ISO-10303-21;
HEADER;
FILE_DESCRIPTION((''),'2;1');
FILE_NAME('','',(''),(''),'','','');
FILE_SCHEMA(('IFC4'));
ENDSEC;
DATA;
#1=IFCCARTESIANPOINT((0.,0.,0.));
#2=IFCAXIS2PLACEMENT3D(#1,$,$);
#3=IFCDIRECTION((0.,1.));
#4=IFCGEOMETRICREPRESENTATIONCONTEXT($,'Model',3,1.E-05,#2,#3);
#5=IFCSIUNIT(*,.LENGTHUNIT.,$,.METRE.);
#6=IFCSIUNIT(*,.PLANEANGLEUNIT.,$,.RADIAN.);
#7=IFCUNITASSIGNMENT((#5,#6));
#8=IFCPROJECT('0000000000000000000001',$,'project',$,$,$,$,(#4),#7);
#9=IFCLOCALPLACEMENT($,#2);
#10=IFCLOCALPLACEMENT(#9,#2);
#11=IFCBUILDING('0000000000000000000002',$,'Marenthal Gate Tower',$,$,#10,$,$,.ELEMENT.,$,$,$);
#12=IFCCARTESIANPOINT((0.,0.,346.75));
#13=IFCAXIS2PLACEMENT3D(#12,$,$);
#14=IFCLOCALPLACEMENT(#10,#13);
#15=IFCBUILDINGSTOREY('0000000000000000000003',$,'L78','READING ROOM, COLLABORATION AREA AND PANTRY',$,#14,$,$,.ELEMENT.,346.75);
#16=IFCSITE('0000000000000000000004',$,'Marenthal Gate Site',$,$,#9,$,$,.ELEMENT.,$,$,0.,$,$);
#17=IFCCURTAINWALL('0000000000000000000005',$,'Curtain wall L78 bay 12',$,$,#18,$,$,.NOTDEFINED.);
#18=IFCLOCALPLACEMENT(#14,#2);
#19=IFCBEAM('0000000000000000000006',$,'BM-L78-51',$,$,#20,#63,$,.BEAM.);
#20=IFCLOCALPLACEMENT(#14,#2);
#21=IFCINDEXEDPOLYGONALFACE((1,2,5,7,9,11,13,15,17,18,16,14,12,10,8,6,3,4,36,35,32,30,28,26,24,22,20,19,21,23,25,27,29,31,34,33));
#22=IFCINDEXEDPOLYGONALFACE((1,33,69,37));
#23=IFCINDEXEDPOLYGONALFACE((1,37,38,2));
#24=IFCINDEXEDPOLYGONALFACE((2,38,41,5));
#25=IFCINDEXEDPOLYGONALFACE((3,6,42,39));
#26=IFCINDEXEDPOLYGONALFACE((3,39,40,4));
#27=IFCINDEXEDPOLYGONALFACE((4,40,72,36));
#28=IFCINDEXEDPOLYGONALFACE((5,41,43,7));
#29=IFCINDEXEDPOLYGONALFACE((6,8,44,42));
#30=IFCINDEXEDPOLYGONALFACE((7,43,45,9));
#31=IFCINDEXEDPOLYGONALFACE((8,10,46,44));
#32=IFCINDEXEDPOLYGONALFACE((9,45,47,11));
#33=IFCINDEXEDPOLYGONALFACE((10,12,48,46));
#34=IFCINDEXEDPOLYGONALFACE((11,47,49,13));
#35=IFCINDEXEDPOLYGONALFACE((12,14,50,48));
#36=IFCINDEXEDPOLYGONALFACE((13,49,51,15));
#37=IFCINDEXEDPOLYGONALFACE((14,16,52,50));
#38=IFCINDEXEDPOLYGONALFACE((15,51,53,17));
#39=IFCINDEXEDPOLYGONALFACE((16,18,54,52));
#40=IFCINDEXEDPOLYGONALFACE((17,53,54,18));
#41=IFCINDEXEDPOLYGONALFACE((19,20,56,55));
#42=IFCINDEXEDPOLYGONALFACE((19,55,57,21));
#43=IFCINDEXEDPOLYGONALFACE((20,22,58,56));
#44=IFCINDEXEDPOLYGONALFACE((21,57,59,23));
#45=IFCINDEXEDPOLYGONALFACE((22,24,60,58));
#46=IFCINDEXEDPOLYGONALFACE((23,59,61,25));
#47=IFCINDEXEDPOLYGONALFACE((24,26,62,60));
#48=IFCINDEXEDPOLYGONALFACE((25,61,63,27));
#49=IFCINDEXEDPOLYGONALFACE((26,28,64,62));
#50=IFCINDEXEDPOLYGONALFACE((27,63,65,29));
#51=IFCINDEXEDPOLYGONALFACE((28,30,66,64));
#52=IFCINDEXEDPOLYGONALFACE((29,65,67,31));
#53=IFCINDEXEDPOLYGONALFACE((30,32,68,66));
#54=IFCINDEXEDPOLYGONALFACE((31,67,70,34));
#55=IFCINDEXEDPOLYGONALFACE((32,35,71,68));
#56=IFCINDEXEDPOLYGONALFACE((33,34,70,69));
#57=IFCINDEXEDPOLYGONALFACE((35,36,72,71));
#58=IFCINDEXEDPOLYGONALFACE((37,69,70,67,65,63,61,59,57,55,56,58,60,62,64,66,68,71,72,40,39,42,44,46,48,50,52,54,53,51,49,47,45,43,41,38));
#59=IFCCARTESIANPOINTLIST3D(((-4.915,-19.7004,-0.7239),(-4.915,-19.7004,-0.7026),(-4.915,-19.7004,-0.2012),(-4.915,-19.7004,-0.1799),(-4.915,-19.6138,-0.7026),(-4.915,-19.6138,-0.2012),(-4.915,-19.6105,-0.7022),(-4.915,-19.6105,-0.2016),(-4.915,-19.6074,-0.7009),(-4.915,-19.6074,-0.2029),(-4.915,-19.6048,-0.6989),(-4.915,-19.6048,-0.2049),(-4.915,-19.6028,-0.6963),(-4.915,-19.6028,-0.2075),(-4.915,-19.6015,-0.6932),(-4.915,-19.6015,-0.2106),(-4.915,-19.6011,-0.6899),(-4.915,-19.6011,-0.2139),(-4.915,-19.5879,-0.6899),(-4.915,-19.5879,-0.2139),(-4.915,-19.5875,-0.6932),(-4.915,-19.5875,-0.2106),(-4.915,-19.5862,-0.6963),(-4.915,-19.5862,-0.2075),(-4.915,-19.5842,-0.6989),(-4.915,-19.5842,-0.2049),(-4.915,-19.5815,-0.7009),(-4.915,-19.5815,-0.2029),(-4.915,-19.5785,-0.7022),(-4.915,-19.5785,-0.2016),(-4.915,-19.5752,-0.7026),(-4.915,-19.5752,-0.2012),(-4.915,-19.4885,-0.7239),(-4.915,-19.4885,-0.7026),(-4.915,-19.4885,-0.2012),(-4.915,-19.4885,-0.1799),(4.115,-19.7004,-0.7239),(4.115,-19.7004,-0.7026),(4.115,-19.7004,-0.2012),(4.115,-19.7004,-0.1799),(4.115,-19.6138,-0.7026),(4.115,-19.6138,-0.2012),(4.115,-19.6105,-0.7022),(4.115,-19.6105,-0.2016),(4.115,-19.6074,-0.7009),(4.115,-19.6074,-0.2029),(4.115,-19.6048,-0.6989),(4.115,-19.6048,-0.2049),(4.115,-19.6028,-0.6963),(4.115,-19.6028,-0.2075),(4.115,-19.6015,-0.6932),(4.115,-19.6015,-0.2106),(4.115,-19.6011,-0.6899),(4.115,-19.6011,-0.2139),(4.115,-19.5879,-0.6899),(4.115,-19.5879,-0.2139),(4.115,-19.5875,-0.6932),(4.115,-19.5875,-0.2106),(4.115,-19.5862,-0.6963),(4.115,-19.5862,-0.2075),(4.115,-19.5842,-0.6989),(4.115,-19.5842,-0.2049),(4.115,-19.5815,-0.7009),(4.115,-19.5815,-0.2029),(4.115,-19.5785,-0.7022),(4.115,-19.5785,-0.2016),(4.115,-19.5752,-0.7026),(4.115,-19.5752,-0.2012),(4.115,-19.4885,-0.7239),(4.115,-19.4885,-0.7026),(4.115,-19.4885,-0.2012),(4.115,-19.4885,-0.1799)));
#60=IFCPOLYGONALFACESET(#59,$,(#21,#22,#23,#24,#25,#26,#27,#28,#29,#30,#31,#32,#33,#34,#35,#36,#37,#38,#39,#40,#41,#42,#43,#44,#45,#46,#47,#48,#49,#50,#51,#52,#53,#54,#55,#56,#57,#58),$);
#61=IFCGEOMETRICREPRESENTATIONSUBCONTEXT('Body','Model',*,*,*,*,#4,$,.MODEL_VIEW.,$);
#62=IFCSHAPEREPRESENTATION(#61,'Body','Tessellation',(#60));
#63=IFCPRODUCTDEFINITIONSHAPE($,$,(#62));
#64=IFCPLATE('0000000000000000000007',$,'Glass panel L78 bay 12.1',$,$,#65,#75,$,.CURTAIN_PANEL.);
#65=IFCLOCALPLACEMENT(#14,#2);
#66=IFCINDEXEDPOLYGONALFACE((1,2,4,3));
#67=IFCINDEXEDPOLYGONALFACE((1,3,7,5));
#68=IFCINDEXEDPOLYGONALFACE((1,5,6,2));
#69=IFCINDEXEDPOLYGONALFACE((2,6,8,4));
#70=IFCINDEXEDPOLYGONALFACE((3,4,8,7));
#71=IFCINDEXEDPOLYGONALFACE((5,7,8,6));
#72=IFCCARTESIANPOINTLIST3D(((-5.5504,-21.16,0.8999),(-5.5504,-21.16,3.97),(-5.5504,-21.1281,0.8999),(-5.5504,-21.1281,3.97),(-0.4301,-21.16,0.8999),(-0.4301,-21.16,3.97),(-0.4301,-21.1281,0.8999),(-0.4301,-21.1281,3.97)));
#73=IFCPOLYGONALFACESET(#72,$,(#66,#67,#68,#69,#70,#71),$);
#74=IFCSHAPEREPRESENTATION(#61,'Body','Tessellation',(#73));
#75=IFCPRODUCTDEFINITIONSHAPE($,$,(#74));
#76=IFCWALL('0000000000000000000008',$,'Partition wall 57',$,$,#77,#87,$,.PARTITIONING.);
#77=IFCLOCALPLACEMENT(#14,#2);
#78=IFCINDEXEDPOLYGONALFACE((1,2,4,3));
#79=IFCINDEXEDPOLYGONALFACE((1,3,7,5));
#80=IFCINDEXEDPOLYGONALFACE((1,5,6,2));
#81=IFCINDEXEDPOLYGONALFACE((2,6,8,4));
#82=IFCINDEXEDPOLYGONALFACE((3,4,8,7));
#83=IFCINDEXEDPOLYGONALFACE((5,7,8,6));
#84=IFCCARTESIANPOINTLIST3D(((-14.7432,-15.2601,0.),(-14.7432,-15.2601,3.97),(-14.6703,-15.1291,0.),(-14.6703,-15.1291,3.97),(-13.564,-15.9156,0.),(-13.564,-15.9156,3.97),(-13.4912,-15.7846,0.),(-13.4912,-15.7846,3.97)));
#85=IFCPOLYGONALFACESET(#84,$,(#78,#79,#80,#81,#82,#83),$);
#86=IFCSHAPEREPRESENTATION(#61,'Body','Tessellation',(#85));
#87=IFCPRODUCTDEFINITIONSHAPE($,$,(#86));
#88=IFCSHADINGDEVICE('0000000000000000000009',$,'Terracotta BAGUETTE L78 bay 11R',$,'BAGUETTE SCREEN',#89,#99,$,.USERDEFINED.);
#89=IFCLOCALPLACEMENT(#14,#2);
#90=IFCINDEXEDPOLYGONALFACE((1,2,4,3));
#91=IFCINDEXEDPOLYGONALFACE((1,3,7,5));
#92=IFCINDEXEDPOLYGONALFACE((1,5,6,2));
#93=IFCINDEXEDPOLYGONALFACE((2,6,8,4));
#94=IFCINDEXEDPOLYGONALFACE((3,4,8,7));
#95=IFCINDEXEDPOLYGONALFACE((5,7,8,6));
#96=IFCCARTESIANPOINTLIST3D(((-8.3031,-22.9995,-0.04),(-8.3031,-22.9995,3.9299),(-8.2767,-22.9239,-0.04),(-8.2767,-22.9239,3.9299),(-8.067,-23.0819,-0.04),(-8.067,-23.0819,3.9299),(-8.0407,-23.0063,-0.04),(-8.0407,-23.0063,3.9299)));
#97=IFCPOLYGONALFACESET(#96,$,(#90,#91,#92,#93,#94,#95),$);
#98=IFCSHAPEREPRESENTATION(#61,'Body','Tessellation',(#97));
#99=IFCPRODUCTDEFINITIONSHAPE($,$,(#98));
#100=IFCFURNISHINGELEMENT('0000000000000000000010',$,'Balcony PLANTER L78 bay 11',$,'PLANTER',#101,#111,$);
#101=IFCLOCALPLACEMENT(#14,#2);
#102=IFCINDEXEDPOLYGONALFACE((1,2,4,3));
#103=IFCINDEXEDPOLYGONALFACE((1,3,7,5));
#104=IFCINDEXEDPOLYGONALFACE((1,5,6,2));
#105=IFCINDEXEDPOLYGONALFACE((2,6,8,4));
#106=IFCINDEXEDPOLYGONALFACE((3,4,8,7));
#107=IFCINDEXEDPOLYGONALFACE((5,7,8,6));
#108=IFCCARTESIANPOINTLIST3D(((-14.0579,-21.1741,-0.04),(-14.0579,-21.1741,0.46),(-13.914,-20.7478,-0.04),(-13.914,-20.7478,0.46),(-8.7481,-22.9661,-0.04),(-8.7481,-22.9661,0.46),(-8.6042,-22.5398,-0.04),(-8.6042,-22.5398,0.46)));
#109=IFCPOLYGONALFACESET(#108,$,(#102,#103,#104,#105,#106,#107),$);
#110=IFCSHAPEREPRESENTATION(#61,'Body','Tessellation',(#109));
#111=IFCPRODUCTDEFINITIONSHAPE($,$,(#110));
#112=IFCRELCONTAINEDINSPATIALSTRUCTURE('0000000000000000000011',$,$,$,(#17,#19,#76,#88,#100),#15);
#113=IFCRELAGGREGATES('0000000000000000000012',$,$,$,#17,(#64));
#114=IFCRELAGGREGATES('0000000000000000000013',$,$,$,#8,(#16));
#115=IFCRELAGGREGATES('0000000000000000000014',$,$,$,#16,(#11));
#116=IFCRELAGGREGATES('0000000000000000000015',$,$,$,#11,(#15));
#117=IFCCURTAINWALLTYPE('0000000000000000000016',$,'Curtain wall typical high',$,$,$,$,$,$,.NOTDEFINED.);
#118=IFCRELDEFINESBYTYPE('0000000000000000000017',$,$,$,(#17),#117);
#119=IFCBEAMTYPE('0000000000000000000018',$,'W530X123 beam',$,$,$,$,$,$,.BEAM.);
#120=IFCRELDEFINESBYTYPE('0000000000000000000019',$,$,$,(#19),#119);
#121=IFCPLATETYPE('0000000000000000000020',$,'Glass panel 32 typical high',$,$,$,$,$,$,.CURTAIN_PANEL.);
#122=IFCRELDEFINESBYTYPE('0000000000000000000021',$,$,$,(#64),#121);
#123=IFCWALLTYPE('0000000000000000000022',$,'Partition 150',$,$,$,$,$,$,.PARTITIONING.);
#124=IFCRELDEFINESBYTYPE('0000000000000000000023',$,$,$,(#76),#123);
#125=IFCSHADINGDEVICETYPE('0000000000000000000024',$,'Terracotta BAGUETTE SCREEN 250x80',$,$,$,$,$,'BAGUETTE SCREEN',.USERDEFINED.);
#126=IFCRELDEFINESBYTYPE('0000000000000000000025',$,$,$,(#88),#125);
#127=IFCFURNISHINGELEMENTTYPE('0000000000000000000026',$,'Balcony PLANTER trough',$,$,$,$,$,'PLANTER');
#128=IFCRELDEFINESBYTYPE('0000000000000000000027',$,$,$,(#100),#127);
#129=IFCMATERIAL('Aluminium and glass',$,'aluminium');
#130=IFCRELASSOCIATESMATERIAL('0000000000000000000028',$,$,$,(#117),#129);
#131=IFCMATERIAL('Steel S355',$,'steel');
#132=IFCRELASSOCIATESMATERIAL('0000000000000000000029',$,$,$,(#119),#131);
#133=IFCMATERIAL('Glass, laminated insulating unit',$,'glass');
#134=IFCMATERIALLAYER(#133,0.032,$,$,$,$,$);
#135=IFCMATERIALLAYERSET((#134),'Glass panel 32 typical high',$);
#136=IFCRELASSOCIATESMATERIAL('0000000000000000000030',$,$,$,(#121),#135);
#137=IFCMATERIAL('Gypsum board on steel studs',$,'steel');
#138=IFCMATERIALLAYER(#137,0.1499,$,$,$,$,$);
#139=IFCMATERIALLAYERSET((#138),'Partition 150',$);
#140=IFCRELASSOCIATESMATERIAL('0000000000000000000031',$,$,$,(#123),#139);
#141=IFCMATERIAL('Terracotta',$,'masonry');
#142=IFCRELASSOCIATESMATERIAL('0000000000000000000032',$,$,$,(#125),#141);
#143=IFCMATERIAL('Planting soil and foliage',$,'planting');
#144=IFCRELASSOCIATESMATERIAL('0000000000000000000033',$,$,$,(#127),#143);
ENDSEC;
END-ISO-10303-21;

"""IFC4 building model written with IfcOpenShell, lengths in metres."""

from ifc_helpers import new_model, si_unit, direction, frame, frame_2d, origin, origin_2d, place, context, subcontext, project, spatial, rectangle, i_section, extrude, material, layer, layer_set, material_profile, profile_set, type_object, element, aggregate, save


model = new_model("IFC4")

# Units and contexts
model_context = context("Model", 3, precision=1e-05, world=origin(), true_north=direction((0.0, 1.0)))
body_context = subcontext(model_context, "Body", "Model", "MODEL_VIEW")
ifc_project = project(units=[si_unit("LENGTHUNIT", "METRE"), si_unit("PLANEANGLEUNIT", "RADIAN")], contexts=[model_context])

# Site, building, storey
site_placement = place(None, origin())
site = spatial("IfcSite", under=ifc_project, at=site_placement, Name="Marenthal Gate Site", CompositionType="ELEMENT", RefElevation=0.0)
building_placement = place(site_placement, origin())
building = spatial("IfcBuilding", under=site, at=building_placement, Name="Marenthal Gate Tower", CompositionType="ELEMENT")
storey_placement = place(building_placement, frame((0.0, 0.0, 346.75)))
storey = spatial("IfcBuildingStorey", under=building, at=storey_placement, Name="L78", Description="READING ROOM, COLLABORATION AREA AND PANTRY", CompositionType="ELEMENT", Elevation=346.75)

# Curtain wall
ifc_material_1 = material(Name="Aluminium and glass", Category="aluminium")
curtain_wall_type = type_object("IfcCurtainWallType", Name="Curtain wall typical high", PredefinedType="NOTDEFINED", material=ifc_material_1)
curtain_wall_placement = place(storey_placement, origin())
curtain_wall = element("IfcCurtainWall", 1, at=curtain_wall_placement, inside=storey, type_object=curtain_wall_type, Name="Curtain wall L78 bay 12", PredefinedType="NOTDEFINED")

# Beam
ifc_material_2 = material(Name="Steel S355", Category="steel")
ifc_material_profile_1 = material_profile(ifc_material_2, i_section(OverallWidth=0.2119, OverallDepth=0.5439, WebThickness=0.0132, FlangeThickness=0.0212, FilletRadius=0.0127, at=origin_2d()), Name="W530X123")
ifc_profile_set_1 = profile_set([ifc_material_profile_1], Name="Steel S355")
beam_type_1 = type_object("IfcBeamType", Name="W530X123 beam", PredefinedType="BEAM", material=ifc_profile_set_1)
beam_1_placement = place(storey_placement, frame((-4.915, -19.5945, -0.4519), z_axis=(1.0, 0.0, 0.0), x_axis=(0.0, 1.0, 0.0)))
element("IfcBeam", 2, at=beam_1_placement, inside=storey, type_object=beam_type_1, Name="BM-L78-51", PredefinedType="BEAM", context=body_context, shape_type="SweptSolid", body=[
    extrude(i_section(OverallWidth=0.2119, OverallDepth=0.5439, WebThickness=0.0132, FlangeThickness=0.0212, FilletRadius=0.0127, at=origin_2d()), origin(), (0.0, 0.0, 1.0), 9.03),
])

# Plate
ifc_material_3 = material(Name="Glass, laminated insulating unit", Category="glass")
ifc_layer_1 = layer(ifc_material_3, 0.032)
ifc_layer_set_1 = layer_set([ifc_layer_1], Name="Glass panel 32 typical high")
plate_type = type_object("IfcPlateType", Name="Glass panel 32 typical high", PredefinedType="CURTAIN_PANEL", material=ifc_layer_set_1)
plate_placement = place(storey_placement, frame((-2.9902, -21.144, 0.8999), z_axis=(0.0, 0.0, 1.0), x_axis=(1.0, 0.0, 0.0)))
plate = element("IfcPlate", 3, at=plate_placement, type_object=plate_type, Name="Glass panel L78 bay 12.1", PredefinedType="CURTAIN_PANEL", context=body_context, shape_type="SweptSolid", body=[
    extrude(rectangle(XDim=5.1204, YDim=0.032, at=origin_2d()), origin(), (0.0, 0.0, 1.0), 3.0701),
])
aggregate(curtain_wall, [plate])

# Wall
ifc_material_4 = material(Name="Gypsum board on steel studs", Category="steel")
ifc_layer_2 = layer(ifc_material_4, 0.1499)
ifc_layer_set_2 = layer_set([ifc_layer_2], Name="Partition 150")
wall_type = type_object("IfcWallType", Name="Partition 150", PredefinedType="PARTITIONING", material=ifc_layer_set_2)
wall_placement = place(storey_placement, frame((-13.5276, -15.8501, 0.0), z_axis=(0.0, 0.0, 1.0), x_axis=(-0.874029, 0.485873, 0.0)))
element("IfcWall", 4, at=wall_placement, inside=storey, type_object=wall_type, Name="Partition wall 57", PredefinedType="PARTITIONING", context=body_context, shape_type="SweptSolid", body=[
    extrude(rectangle(XDim=1.3491, YDim=0.1499, at=frame_2d((0.6746, 0.0))), origin(), (0.0, 0.0, 1.0), 3.97),
])

# Shading device
ifc_material_5 = material(Name="Terracotta", Category="masonry")
ifc_material_profile_2 = material_profile(ifc_material_5, rectangle(XDim=0.25, YDim=0.0801, at=origin_2d()), Name="Terracotta baguette 250x80")
ifc_profile_set_2 = profile_set([ifc_material_profile_2], Name="Terracotta")
shading_device_type = type_object("IfcShadingDeviceType", Name="Terracotta BAGUETTE SCREEN 250x80", ElementType="BAGUETTE SCREEN", PredefinedType="USERDEFINED", material=ifc_profile_set_2)
shading_device_placement = place(storey_placement, frame((-8.1719, -23.0029, -0.04), z_axis=(0.0, 0.0, 1.0), x_axis=(0.944152, -0.32951, 0.0)))
element("IfcShadingDevice", 5, at=shading_device_placement, inside=storey, type_object=shading_device_type, Name="Terracotta BAGUETTE L78 bay 11R", ObjectType="BAGUETTE SCREEN", PredefinedType="USERDEFINED", context=body_context, shape_type="SweptSolid", body=[
    extrude(rectangle(XDim=0.25, YDim=0.0801, at=origin_2d()), origin(), (0.0, 0.0, 1.0), 3.97),
])

# Furnishing element
ifc_material_6 = material(Name="Planting soil and foliage", Category="planting")
furnishing_element_type = type_object("IfcFurnishingElementType", Name="Balcony PLANTER trough", ElementType="PLANTER", material=ifc_material_6)
furnishing_placement = place(storey_placement, frame((-11.3311, -21.8569, -0.04), z_axis=(0.0, 0.0, 1.0), x_axis=(0.947495, -0.31977, 0.0)))
element("IfcFurnishingElement", 6, at=furnishing_placement, inside=storey, type_object=furnishing_element_type, Name="Balcony PLANTER L78 bay 11", ObjectType="PLANTER", context=body_context, shape_type="SweptSolid", body=[
    extrude(rectangle(XDim=5.604, YDim=0.45, at=origin_2d()), origin(), (0.0, 0.0, 1.0), 0.5),
])

save(model, "model.ifc")
